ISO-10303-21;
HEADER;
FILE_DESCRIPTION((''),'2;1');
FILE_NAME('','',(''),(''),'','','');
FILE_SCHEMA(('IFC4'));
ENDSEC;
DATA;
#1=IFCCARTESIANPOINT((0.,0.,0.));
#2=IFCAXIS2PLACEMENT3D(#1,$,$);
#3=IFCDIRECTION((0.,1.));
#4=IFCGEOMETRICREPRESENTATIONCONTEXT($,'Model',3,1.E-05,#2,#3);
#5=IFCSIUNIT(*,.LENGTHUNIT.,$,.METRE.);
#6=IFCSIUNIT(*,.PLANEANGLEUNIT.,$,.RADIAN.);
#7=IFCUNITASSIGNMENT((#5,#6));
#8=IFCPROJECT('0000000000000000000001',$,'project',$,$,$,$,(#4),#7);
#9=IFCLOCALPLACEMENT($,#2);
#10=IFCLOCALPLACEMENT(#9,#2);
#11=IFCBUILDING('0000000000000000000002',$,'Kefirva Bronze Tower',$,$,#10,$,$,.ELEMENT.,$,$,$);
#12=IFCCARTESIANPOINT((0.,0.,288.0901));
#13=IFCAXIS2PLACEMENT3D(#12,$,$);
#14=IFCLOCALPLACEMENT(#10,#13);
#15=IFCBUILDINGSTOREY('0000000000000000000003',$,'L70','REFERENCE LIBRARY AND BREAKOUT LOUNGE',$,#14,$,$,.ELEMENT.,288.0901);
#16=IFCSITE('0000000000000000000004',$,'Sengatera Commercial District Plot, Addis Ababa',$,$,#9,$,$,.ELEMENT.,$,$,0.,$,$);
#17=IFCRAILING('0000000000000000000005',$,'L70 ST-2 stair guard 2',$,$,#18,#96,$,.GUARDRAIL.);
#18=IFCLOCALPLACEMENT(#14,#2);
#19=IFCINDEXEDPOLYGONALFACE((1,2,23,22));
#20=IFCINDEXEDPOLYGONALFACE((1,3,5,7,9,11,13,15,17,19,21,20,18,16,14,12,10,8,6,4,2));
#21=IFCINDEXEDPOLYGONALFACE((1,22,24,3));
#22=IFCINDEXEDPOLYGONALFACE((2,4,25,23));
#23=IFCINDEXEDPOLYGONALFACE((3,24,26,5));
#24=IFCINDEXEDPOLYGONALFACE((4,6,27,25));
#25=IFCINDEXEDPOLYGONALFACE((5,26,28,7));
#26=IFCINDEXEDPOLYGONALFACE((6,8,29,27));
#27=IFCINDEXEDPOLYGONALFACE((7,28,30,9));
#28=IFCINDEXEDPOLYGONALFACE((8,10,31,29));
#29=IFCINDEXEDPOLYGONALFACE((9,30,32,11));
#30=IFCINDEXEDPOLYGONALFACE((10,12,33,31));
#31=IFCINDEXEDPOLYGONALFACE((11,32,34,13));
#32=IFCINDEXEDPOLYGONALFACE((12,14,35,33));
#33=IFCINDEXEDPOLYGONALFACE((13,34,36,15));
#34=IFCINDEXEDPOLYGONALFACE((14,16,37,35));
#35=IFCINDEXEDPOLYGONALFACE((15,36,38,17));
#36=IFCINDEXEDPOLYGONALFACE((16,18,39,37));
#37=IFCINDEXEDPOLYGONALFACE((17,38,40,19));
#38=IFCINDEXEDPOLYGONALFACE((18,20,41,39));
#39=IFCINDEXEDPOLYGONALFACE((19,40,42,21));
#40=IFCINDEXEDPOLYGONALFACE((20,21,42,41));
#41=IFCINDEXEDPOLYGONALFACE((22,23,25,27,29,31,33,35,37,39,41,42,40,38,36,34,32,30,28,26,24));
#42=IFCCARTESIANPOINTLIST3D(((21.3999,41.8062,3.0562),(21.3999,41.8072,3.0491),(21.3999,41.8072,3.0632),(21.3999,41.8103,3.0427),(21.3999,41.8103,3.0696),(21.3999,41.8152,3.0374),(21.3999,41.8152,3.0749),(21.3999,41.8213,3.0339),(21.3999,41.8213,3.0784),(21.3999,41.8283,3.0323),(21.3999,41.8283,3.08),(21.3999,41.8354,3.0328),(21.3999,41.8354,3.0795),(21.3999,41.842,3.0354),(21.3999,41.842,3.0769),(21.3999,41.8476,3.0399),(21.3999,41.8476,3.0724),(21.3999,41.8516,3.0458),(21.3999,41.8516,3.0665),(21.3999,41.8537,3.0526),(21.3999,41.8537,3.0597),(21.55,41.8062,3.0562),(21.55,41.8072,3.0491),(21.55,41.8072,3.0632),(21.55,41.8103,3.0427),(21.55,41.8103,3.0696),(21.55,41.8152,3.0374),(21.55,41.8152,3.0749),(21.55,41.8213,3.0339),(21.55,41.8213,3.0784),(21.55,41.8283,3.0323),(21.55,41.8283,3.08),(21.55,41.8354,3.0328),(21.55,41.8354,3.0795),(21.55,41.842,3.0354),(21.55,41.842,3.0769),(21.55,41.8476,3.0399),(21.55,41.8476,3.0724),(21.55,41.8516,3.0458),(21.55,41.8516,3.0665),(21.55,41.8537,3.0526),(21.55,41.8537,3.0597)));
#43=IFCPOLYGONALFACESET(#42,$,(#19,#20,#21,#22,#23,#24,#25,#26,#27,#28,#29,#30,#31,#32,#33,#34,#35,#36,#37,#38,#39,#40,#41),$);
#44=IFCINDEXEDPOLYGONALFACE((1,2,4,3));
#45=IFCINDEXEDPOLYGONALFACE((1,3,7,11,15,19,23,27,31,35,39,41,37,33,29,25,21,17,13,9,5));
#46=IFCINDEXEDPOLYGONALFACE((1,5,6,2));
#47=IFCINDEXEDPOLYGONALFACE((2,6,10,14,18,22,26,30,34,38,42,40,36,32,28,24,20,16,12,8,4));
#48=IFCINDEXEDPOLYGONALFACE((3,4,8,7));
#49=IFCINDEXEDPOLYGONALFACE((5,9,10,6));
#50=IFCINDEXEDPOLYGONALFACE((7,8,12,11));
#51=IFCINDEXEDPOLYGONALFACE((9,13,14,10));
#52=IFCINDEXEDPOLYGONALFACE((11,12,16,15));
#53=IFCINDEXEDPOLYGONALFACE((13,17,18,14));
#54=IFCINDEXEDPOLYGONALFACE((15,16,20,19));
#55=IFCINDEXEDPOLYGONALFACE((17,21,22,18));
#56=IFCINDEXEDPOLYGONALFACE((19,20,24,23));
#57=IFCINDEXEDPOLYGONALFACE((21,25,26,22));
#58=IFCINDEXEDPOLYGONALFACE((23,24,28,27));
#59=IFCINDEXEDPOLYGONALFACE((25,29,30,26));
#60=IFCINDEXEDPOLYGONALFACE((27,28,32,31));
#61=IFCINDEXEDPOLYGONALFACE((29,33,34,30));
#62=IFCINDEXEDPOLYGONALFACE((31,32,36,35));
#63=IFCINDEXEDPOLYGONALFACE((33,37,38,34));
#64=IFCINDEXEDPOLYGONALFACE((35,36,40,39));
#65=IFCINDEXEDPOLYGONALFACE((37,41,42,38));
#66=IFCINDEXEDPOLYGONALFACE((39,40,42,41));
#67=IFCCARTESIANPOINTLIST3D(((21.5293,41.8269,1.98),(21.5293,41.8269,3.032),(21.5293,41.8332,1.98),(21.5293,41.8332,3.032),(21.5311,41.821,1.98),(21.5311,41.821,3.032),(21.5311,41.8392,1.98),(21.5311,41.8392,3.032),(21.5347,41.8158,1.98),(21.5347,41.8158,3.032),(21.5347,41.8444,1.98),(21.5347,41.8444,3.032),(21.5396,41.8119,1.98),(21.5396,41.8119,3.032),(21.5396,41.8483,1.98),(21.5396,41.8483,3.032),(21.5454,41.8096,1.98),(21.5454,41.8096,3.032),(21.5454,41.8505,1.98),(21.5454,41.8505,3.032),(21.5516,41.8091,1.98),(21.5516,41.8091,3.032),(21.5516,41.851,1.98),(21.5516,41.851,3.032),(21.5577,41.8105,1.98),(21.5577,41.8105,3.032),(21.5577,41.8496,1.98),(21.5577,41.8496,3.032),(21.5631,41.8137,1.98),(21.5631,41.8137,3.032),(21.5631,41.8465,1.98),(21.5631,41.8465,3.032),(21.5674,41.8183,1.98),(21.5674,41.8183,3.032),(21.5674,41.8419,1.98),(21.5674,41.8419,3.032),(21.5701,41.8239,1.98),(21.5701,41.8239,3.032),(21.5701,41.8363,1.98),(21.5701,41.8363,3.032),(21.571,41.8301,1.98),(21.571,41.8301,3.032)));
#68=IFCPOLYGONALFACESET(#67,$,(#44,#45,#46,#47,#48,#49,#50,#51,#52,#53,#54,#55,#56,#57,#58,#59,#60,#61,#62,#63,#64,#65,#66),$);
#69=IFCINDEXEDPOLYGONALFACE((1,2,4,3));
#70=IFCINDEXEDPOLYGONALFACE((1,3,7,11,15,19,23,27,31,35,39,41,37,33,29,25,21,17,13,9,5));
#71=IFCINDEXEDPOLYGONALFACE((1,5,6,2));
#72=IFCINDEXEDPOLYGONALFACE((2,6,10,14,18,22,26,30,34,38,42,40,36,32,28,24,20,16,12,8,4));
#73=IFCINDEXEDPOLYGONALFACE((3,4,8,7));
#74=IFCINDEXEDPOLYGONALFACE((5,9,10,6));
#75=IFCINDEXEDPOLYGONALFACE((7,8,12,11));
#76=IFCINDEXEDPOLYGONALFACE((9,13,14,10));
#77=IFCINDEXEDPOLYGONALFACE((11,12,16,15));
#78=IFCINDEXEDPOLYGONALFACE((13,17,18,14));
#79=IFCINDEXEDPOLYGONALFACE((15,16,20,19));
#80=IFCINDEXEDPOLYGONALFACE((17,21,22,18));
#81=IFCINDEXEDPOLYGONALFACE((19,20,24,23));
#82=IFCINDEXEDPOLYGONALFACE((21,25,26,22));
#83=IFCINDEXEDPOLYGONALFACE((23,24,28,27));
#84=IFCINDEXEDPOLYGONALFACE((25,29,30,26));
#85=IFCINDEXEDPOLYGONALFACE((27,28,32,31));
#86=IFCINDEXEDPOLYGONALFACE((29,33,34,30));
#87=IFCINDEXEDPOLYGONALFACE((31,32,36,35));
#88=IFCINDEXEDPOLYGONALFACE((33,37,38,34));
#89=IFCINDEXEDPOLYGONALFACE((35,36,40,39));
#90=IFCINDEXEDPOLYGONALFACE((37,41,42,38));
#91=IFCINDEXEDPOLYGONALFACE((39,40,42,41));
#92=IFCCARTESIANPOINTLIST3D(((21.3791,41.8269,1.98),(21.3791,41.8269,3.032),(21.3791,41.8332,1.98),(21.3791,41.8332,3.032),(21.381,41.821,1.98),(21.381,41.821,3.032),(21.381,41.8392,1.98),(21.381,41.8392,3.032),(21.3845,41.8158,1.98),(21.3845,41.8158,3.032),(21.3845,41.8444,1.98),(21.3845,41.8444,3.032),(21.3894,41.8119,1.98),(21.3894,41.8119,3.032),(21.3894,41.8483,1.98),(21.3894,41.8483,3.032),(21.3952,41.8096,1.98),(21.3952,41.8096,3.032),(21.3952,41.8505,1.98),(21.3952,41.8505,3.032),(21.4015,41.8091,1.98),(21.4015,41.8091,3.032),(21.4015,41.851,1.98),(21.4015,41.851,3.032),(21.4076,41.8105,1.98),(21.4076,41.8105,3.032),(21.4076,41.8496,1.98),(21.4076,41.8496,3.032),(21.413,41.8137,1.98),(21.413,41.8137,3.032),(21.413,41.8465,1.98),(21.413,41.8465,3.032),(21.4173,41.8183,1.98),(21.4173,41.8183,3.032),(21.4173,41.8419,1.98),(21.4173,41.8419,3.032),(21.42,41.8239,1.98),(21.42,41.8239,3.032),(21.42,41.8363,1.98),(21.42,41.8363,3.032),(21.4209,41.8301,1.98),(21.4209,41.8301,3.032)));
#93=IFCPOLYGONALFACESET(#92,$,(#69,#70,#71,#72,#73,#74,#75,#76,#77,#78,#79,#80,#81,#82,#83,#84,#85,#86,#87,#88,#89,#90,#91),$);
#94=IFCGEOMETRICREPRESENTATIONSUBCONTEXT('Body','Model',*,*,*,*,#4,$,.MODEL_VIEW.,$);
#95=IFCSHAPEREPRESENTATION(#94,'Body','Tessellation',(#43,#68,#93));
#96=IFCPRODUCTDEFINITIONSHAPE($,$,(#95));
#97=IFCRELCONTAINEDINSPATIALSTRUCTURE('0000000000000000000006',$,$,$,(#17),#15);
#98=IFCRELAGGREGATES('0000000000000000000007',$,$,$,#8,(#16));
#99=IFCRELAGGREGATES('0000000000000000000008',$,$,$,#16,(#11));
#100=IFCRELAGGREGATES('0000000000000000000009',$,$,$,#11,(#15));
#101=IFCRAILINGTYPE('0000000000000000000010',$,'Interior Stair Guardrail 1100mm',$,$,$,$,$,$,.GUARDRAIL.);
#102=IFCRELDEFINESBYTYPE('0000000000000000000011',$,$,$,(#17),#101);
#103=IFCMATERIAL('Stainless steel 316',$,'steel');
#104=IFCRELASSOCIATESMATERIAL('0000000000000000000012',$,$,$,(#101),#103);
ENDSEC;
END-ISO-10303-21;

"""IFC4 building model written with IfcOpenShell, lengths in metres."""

from ifc_helpers import new_model, si_unit, direction, frame, origin, origin_2d, place, context, subcontext, project, spatial, circle, extrude, material, type_object, element, save


model = new_model("IFC4")

# Units and contexts
model_context = context("Model", 3, precision=1e-05, world=origin(), true_north=direction((0.0, 1.0)))
body_context = subcontext(model_context, "Body", "Model", "MODEL_VIEW")
ifc_project = project(units=[si_unit("LENGTHUNIT", "METRE"), si_unit("PLANEANGLEUNIT", "RADIAN")], contexts=[model_context])

# Site, building, storey
site_placement = place(None, origin())
site = spatial("IfcSite", under=ifc_project, at=site_placement, Name="Sengatera Commercial District Plot, Addis Ababa", CompositionType="ELEMENT", RefElevation=0.0)
building_placement = place(site_placement, origin())
building = spatial("IfcBuilding", under=site, at=building_placement, Name="Kefirva Bronze Tower", CompositionType="ELEMENT")
storey_placement = place(building_placement, frame((0.0, 0.0, 288.0901)))
storey = spatial("IfcBuildingStorey", under=building, at=storey_placement, Name="L70", Description="REFERENCE LIBRARY AND BREAKOUT LOUNGE", CompositionType="ELEMENT", Elevation=288.0901)

# Railing
ifc_material_1 = material(Name="Stainless steel 316", Category="steel")
railing_type_1 = type_object("IfcRailingType", Name="Interior Stair Guardrail 1100mm", PredefinedType="GUARDRAIL", material=ifc_material_1)
railing_1_placement = place(storey_placement, frame((21.55, 41.8301, 1.98)))
element("IfcRailing", 1, at=railing_1_placement, inside=storey, type_object=railing_type_1, Name="L70 ST-2 stair guard 2", PredefinedType="GUARDRAIL", context=body_context, shape_type="SweptSolid", body=[
    extrude(circle(Radius=0.0239, at=origin_2d()), frame((0.0, 0.0, 1.0762), z_axis=(-1.0, 0.0, 0.0), x_axis=(0.0, -1.0, 0.0)), (0.0, 0.0, 1.0), 0.1501),
    extrude(circle(Radius=0.021, at=origin_2d()), origin(), (0.0, 0.0, 1.0), 1.052),
    extrude(circle(Radius=0.021, at=origin_2d()), frame((-0.1501, 0.0, 0.0)), (0.0, 0.0, 1.0), 1.052),
])

save(model, "model.ifc")
